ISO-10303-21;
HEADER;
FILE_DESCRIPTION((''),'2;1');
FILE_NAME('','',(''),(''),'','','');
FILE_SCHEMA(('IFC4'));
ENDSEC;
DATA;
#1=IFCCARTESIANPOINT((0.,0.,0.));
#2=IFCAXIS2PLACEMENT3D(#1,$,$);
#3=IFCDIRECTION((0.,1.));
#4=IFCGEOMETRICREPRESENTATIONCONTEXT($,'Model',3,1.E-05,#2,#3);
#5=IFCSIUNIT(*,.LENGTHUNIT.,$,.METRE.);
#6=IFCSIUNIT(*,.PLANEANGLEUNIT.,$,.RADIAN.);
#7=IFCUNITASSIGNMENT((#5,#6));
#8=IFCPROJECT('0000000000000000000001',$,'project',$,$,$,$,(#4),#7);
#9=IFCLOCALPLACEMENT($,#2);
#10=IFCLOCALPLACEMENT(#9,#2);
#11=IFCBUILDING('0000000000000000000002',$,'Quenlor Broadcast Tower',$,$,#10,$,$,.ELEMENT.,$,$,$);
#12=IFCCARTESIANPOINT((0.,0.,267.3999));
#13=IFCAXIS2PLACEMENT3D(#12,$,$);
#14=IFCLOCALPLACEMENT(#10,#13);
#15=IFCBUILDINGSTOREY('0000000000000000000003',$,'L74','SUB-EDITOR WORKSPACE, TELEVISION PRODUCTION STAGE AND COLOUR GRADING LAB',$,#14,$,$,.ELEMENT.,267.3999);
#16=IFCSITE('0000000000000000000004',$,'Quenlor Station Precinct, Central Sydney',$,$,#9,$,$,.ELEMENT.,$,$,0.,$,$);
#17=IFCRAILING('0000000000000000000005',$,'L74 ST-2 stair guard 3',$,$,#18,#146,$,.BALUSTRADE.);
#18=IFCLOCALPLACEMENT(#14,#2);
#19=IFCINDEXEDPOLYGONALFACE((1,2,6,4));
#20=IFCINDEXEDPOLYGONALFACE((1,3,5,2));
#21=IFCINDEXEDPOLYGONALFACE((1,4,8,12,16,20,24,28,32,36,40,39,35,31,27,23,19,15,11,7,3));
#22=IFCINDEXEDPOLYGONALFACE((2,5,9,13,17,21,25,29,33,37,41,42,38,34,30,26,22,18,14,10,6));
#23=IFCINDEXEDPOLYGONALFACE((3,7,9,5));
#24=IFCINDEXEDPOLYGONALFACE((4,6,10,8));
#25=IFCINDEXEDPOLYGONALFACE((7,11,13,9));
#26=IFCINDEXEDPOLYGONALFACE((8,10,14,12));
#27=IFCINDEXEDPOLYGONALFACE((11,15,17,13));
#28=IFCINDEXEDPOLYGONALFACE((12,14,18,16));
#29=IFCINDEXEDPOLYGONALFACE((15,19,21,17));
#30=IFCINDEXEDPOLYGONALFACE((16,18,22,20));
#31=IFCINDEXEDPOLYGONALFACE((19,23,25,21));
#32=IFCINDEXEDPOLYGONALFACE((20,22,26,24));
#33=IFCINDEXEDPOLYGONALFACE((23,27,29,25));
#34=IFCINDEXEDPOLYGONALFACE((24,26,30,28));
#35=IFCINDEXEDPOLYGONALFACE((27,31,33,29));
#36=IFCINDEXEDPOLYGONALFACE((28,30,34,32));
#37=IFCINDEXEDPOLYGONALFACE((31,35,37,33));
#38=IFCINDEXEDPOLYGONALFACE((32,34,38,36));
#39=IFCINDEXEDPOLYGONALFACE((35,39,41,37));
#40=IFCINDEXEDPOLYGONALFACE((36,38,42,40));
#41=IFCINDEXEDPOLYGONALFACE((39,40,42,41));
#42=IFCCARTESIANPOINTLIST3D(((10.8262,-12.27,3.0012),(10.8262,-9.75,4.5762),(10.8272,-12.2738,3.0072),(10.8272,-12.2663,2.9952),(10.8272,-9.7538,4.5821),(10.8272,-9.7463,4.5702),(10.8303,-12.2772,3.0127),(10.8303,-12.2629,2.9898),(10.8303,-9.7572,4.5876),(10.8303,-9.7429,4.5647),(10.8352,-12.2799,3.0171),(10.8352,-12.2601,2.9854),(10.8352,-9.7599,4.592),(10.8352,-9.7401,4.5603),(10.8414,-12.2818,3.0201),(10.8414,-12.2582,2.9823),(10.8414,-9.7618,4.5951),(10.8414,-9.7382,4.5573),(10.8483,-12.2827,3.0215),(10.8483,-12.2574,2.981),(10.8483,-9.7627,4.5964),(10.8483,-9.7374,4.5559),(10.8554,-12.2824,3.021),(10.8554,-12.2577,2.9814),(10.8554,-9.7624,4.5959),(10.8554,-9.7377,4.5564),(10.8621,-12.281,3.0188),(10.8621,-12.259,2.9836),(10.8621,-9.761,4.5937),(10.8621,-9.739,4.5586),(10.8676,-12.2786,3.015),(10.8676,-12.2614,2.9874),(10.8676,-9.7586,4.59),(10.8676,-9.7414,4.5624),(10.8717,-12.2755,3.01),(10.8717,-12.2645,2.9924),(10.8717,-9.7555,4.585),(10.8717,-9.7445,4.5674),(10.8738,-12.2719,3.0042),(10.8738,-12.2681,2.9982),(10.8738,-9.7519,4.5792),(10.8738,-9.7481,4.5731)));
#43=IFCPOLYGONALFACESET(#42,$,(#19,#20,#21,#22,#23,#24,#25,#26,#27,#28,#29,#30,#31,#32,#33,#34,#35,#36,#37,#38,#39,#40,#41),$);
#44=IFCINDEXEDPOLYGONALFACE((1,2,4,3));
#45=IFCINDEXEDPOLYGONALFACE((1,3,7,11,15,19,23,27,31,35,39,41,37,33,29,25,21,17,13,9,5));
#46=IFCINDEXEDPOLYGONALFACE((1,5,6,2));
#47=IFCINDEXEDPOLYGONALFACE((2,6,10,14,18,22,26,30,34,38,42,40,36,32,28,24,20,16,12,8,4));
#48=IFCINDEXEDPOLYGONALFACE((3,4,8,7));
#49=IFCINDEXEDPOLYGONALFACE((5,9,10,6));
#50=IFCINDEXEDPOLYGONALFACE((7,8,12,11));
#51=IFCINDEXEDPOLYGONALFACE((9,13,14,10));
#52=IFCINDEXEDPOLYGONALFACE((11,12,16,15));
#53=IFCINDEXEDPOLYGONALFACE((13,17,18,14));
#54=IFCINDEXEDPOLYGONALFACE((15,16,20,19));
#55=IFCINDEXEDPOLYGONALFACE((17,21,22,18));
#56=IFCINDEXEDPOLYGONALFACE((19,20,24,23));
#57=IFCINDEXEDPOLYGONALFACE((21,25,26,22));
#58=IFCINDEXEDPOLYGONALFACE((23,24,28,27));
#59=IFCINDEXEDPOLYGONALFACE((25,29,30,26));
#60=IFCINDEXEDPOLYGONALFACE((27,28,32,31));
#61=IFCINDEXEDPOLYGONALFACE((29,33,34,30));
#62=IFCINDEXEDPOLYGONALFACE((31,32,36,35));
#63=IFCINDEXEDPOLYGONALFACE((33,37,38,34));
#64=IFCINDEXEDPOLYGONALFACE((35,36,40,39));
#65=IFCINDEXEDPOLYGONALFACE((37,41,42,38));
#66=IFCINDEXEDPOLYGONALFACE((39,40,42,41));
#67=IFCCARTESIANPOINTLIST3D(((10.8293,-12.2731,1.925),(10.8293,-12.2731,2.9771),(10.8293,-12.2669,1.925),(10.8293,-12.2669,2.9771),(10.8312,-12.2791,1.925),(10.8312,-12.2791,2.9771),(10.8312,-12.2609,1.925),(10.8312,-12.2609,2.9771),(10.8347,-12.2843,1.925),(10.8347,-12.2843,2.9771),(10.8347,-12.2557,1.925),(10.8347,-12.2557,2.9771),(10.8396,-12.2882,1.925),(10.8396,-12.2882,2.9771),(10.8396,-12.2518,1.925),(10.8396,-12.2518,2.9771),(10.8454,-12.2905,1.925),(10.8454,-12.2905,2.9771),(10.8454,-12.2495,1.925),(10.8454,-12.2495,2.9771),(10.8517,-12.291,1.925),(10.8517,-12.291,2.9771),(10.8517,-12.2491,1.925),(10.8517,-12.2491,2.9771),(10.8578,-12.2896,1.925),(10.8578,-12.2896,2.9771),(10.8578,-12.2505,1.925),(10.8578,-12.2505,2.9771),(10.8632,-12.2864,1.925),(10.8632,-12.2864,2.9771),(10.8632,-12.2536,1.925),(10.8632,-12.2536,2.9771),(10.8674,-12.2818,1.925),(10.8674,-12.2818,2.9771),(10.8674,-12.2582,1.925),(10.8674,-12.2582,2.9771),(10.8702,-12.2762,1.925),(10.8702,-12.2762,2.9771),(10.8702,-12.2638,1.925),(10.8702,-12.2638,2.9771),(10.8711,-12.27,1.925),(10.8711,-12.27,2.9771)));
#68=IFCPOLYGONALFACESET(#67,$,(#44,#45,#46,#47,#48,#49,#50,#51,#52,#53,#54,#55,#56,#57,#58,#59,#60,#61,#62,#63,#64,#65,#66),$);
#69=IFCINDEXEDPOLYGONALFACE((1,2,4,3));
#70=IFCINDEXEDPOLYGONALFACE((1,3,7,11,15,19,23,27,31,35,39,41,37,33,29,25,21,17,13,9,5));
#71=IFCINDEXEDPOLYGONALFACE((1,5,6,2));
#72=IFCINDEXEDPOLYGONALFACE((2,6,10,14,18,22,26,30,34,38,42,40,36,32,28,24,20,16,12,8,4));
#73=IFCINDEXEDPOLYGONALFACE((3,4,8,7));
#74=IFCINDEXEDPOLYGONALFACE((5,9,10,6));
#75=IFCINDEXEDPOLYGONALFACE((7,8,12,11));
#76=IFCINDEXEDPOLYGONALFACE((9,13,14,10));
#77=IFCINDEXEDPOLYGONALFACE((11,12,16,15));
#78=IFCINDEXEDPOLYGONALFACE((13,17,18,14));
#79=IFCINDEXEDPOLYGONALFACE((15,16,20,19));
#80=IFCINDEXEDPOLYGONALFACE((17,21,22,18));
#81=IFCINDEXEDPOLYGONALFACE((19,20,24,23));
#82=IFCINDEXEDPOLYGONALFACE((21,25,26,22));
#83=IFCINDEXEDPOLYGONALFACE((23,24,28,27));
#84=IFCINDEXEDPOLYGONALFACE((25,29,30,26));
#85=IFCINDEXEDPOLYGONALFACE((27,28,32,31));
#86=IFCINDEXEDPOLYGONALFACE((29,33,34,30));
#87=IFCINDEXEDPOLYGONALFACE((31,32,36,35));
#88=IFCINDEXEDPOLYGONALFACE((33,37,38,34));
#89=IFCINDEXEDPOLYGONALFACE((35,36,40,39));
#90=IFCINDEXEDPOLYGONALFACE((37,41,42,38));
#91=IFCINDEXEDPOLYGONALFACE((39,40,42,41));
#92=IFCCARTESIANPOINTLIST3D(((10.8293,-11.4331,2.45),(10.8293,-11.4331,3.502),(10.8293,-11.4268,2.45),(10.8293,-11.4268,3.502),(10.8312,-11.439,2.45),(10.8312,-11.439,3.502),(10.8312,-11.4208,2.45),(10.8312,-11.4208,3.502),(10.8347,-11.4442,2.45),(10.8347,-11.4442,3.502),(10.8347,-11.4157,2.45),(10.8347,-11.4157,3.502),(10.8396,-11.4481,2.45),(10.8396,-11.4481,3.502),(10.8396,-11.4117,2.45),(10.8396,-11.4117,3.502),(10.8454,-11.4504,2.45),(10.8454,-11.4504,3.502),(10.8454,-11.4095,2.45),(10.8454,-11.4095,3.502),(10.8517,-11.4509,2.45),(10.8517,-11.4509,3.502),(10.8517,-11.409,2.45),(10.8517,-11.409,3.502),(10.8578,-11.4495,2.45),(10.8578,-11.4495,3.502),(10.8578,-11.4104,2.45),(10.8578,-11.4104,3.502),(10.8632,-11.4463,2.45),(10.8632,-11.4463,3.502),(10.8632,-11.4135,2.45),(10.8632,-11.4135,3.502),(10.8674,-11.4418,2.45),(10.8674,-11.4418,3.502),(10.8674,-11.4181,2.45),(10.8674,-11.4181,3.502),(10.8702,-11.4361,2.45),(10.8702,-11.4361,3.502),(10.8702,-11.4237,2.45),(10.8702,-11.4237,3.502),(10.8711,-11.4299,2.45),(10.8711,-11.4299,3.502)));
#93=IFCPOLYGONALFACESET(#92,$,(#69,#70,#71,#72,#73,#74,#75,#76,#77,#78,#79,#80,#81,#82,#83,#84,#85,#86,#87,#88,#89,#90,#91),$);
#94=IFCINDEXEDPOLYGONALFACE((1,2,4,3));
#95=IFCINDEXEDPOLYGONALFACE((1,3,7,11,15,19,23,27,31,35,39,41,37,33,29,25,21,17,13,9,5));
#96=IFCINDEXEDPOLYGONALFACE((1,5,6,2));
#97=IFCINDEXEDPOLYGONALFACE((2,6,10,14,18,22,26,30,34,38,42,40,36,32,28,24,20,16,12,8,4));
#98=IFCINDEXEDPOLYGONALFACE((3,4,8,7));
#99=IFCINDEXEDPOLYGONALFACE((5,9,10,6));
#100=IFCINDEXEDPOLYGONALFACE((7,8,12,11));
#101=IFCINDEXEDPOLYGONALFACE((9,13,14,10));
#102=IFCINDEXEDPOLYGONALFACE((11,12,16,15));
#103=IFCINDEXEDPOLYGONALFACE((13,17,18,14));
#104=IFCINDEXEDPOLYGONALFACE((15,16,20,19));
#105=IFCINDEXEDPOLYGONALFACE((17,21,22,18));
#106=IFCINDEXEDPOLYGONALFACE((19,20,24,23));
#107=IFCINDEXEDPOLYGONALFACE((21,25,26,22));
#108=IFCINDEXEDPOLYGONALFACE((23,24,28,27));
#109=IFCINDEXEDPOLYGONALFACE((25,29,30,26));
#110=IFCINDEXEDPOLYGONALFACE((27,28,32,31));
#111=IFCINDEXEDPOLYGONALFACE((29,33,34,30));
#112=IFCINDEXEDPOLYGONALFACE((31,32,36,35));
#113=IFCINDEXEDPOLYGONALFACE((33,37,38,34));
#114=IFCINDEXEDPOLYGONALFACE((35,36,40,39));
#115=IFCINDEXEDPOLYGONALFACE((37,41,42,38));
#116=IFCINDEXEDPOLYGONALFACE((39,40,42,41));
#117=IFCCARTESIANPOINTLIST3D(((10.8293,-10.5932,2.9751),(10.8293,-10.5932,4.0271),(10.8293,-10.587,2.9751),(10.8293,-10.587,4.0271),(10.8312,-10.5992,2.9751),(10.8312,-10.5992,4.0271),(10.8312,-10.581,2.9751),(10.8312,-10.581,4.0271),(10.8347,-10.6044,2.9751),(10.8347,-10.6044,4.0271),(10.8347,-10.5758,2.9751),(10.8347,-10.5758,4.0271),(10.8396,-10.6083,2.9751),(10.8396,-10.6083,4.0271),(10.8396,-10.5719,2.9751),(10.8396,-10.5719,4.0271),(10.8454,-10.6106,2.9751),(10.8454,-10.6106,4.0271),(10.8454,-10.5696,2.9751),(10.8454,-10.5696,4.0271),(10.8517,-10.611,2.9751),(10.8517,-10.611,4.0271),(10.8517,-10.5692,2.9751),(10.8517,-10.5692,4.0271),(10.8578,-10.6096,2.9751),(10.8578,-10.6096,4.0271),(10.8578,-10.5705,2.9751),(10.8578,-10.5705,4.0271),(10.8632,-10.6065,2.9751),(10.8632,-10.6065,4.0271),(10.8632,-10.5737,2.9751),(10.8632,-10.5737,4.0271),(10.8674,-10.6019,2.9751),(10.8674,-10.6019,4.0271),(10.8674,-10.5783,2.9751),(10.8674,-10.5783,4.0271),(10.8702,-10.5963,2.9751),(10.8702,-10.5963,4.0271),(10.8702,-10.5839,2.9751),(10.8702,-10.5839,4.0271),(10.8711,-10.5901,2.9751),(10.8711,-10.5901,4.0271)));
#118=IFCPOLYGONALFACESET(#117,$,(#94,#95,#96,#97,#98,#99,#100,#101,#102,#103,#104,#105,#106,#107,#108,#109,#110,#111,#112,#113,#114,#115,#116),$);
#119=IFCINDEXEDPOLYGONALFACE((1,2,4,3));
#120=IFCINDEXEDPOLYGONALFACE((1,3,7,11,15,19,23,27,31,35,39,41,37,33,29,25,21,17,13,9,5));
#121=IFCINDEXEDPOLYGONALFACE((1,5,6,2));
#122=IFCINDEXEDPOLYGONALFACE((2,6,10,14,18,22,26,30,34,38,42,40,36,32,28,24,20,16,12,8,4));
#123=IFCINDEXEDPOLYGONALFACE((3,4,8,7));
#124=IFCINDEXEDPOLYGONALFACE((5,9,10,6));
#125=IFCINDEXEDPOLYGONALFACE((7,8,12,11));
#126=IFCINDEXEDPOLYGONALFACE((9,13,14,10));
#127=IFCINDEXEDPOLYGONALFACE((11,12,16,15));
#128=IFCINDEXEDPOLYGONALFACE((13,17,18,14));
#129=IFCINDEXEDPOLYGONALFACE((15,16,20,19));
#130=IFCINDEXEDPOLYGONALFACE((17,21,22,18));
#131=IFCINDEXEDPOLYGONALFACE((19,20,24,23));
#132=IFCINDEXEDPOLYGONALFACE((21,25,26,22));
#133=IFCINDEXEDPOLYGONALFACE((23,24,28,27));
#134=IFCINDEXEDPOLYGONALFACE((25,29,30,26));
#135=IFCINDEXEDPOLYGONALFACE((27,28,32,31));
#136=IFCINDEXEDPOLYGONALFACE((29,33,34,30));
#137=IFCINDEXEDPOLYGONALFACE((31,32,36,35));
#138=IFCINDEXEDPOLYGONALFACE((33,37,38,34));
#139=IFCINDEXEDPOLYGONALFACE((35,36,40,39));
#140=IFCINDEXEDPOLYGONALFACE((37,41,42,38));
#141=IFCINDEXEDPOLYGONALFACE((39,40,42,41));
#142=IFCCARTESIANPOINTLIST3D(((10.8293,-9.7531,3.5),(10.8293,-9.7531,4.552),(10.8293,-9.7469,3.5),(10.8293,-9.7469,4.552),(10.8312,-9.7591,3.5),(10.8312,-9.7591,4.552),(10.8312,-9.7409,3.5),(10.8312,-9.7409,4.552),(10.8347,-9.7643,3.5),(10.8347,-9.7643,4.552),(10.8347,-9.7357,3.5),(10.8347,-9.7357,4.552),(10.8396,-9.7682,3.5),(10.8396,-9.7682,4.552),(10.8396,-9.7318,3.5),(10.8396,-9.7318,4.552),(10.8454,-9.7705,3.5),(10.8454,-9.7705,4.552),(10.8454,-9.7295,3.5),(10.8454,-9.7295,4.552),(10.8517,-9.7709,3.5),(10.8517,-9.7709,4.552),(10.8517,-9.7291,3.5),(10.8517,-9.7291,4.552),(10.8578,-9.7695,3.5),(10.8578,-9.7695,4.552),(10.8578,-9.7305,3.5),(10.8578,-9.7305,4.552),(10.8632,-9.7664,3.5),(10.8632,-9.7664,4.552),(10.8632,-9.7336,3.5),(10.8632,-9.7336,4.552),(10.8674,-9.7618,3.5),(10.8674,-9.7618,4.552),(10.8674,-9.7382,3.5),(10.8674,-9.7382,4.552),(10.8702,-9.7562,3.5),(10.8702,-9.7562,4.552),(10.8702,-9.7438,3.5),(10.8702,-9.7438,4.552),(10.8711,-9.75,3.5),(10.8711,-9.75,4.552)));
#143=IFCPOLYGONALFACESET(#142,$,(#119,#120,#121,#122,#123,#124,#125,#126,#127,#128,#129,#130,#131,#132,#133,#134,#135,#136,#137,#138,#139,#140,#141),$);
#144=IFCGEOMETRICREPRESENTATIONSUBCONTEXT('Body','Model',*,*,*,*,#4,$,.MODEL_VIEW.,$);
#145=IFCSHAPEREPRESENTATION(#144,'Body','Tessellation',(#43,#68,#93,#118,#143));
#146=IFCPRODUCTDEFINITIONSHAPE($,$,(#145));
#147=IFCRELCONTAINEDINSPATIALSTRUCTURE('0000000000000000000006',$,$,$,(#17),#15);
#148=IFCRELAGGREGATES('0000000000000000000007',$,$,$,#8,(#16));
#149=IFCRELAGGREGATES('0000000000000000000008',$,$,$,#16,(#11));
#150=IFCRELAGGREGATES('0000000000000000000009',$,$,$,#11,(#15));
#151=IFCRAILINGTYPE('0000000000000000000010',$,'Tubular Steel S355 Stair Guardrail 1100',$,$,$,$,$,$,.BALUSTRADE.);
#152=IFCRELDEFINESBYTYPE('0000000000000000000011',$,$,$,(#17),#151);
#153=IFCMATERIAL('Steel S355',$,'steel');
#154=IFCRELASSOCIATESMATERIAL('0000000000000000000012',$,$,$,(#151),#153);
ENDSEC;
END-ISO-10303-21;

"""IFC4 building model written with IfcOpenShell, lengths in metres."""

from ifc_helpers import new_model, si_unit, direction, frame, origin, origin_2d, place, context, subcontext, project, spatial, circle, extrude, material, type_object, element, save


model = new_model("IFC4")

# Units and contexts
model_context = context("Model", 3, precision=1e-05, world=origin(), true_north=direction((0.0, 1.0)))
body_context = subcontext(model_context, "Body", "Model", "MODEL_VIEW")
ifc_project = project(units=[si_unit("LENGTHUNIT", "METRE"), si_unit("PLANEANGLEUNIT", "RADIAN")], contexts=[model_context])

# Site, building, storey
site_placement = place(None, origin())
site = spatial("IfcSite", under=ifc_project, at=site_placement, Name="Quenlor Station Precinct, Central Sydney", CompositionType="ELEMENT", RefElevation=0.0)
building_placement = place(site_placement, origin())
building = spatial("IfcBuilding", under=site, at=building_placement, Name="Quenlor Broadcast Tower", CompositionType="ELEMENT")
storey_placement = place(building_placement, frame((0.0, 0.0, 267.3999)))
storey = spatial("IfcBuildingStorey", under=building, at=storey_placement, Name="L74", Description="SUB-EDITOR WORKSPACE, TELEVISION PRODUCTION STAGE AND COLOUR GRADING LAB", CompositionType="ELEMENT", Elevation=267.3999)

# Railing
ifc_material_1 = material(Name="Steel S355", Category="steel")
railing_type_1 = type_object("IfcRailingType", Name="Tubular Steel S355 Stair Guardrail 1100", PredefinedType="BALUSTRADE", material=ifc_material_1)
railing_1_placement = place(storey_placement, frame((10.8501, -12.27, 1.925)))
element("IfcRailing", 1, at=railing_1_placement, inside=storey, type_object=railing_type_1, Name="L74 ST-2 stair guard 3", PredefinedType="BALUSTRADE", context=body_context, shape_type="SweptSolid", body=[
    extrude(circle(Radius=0.0239, at=origin_2d()), frame((0.0, 0.0, 1.0762), z_axis=(0.0, 0.848008, 0.529984), x_axis=(-1.0, 0.0, 0.0)), (0.0, 0.0, 1.0), 2.9717),
    extrude(circle(Radius=0.021, at=origin_2d()), origin(), (0.0, 0.0, 1.0), 1.052),
    extrude(circle(Radius=0.021, at=origin_2d()), frame((0.0, 0.8401, 0.5249)), (0.0, 0.0, 1.0), 1.052),
    extrude(circle(Radius=0.021, at=origin_2d()), frame((0.0, 1.6799, 1.05)), (0.0, 0.0, 1.0), 1.052),
    extrude(circle(Radius=0.021, at=origin_2d()), frame((0.0, 2.52, 1.575)), (0.0, 0.0, 1.0), 1.052),
])

save(model, "model.ifc")
